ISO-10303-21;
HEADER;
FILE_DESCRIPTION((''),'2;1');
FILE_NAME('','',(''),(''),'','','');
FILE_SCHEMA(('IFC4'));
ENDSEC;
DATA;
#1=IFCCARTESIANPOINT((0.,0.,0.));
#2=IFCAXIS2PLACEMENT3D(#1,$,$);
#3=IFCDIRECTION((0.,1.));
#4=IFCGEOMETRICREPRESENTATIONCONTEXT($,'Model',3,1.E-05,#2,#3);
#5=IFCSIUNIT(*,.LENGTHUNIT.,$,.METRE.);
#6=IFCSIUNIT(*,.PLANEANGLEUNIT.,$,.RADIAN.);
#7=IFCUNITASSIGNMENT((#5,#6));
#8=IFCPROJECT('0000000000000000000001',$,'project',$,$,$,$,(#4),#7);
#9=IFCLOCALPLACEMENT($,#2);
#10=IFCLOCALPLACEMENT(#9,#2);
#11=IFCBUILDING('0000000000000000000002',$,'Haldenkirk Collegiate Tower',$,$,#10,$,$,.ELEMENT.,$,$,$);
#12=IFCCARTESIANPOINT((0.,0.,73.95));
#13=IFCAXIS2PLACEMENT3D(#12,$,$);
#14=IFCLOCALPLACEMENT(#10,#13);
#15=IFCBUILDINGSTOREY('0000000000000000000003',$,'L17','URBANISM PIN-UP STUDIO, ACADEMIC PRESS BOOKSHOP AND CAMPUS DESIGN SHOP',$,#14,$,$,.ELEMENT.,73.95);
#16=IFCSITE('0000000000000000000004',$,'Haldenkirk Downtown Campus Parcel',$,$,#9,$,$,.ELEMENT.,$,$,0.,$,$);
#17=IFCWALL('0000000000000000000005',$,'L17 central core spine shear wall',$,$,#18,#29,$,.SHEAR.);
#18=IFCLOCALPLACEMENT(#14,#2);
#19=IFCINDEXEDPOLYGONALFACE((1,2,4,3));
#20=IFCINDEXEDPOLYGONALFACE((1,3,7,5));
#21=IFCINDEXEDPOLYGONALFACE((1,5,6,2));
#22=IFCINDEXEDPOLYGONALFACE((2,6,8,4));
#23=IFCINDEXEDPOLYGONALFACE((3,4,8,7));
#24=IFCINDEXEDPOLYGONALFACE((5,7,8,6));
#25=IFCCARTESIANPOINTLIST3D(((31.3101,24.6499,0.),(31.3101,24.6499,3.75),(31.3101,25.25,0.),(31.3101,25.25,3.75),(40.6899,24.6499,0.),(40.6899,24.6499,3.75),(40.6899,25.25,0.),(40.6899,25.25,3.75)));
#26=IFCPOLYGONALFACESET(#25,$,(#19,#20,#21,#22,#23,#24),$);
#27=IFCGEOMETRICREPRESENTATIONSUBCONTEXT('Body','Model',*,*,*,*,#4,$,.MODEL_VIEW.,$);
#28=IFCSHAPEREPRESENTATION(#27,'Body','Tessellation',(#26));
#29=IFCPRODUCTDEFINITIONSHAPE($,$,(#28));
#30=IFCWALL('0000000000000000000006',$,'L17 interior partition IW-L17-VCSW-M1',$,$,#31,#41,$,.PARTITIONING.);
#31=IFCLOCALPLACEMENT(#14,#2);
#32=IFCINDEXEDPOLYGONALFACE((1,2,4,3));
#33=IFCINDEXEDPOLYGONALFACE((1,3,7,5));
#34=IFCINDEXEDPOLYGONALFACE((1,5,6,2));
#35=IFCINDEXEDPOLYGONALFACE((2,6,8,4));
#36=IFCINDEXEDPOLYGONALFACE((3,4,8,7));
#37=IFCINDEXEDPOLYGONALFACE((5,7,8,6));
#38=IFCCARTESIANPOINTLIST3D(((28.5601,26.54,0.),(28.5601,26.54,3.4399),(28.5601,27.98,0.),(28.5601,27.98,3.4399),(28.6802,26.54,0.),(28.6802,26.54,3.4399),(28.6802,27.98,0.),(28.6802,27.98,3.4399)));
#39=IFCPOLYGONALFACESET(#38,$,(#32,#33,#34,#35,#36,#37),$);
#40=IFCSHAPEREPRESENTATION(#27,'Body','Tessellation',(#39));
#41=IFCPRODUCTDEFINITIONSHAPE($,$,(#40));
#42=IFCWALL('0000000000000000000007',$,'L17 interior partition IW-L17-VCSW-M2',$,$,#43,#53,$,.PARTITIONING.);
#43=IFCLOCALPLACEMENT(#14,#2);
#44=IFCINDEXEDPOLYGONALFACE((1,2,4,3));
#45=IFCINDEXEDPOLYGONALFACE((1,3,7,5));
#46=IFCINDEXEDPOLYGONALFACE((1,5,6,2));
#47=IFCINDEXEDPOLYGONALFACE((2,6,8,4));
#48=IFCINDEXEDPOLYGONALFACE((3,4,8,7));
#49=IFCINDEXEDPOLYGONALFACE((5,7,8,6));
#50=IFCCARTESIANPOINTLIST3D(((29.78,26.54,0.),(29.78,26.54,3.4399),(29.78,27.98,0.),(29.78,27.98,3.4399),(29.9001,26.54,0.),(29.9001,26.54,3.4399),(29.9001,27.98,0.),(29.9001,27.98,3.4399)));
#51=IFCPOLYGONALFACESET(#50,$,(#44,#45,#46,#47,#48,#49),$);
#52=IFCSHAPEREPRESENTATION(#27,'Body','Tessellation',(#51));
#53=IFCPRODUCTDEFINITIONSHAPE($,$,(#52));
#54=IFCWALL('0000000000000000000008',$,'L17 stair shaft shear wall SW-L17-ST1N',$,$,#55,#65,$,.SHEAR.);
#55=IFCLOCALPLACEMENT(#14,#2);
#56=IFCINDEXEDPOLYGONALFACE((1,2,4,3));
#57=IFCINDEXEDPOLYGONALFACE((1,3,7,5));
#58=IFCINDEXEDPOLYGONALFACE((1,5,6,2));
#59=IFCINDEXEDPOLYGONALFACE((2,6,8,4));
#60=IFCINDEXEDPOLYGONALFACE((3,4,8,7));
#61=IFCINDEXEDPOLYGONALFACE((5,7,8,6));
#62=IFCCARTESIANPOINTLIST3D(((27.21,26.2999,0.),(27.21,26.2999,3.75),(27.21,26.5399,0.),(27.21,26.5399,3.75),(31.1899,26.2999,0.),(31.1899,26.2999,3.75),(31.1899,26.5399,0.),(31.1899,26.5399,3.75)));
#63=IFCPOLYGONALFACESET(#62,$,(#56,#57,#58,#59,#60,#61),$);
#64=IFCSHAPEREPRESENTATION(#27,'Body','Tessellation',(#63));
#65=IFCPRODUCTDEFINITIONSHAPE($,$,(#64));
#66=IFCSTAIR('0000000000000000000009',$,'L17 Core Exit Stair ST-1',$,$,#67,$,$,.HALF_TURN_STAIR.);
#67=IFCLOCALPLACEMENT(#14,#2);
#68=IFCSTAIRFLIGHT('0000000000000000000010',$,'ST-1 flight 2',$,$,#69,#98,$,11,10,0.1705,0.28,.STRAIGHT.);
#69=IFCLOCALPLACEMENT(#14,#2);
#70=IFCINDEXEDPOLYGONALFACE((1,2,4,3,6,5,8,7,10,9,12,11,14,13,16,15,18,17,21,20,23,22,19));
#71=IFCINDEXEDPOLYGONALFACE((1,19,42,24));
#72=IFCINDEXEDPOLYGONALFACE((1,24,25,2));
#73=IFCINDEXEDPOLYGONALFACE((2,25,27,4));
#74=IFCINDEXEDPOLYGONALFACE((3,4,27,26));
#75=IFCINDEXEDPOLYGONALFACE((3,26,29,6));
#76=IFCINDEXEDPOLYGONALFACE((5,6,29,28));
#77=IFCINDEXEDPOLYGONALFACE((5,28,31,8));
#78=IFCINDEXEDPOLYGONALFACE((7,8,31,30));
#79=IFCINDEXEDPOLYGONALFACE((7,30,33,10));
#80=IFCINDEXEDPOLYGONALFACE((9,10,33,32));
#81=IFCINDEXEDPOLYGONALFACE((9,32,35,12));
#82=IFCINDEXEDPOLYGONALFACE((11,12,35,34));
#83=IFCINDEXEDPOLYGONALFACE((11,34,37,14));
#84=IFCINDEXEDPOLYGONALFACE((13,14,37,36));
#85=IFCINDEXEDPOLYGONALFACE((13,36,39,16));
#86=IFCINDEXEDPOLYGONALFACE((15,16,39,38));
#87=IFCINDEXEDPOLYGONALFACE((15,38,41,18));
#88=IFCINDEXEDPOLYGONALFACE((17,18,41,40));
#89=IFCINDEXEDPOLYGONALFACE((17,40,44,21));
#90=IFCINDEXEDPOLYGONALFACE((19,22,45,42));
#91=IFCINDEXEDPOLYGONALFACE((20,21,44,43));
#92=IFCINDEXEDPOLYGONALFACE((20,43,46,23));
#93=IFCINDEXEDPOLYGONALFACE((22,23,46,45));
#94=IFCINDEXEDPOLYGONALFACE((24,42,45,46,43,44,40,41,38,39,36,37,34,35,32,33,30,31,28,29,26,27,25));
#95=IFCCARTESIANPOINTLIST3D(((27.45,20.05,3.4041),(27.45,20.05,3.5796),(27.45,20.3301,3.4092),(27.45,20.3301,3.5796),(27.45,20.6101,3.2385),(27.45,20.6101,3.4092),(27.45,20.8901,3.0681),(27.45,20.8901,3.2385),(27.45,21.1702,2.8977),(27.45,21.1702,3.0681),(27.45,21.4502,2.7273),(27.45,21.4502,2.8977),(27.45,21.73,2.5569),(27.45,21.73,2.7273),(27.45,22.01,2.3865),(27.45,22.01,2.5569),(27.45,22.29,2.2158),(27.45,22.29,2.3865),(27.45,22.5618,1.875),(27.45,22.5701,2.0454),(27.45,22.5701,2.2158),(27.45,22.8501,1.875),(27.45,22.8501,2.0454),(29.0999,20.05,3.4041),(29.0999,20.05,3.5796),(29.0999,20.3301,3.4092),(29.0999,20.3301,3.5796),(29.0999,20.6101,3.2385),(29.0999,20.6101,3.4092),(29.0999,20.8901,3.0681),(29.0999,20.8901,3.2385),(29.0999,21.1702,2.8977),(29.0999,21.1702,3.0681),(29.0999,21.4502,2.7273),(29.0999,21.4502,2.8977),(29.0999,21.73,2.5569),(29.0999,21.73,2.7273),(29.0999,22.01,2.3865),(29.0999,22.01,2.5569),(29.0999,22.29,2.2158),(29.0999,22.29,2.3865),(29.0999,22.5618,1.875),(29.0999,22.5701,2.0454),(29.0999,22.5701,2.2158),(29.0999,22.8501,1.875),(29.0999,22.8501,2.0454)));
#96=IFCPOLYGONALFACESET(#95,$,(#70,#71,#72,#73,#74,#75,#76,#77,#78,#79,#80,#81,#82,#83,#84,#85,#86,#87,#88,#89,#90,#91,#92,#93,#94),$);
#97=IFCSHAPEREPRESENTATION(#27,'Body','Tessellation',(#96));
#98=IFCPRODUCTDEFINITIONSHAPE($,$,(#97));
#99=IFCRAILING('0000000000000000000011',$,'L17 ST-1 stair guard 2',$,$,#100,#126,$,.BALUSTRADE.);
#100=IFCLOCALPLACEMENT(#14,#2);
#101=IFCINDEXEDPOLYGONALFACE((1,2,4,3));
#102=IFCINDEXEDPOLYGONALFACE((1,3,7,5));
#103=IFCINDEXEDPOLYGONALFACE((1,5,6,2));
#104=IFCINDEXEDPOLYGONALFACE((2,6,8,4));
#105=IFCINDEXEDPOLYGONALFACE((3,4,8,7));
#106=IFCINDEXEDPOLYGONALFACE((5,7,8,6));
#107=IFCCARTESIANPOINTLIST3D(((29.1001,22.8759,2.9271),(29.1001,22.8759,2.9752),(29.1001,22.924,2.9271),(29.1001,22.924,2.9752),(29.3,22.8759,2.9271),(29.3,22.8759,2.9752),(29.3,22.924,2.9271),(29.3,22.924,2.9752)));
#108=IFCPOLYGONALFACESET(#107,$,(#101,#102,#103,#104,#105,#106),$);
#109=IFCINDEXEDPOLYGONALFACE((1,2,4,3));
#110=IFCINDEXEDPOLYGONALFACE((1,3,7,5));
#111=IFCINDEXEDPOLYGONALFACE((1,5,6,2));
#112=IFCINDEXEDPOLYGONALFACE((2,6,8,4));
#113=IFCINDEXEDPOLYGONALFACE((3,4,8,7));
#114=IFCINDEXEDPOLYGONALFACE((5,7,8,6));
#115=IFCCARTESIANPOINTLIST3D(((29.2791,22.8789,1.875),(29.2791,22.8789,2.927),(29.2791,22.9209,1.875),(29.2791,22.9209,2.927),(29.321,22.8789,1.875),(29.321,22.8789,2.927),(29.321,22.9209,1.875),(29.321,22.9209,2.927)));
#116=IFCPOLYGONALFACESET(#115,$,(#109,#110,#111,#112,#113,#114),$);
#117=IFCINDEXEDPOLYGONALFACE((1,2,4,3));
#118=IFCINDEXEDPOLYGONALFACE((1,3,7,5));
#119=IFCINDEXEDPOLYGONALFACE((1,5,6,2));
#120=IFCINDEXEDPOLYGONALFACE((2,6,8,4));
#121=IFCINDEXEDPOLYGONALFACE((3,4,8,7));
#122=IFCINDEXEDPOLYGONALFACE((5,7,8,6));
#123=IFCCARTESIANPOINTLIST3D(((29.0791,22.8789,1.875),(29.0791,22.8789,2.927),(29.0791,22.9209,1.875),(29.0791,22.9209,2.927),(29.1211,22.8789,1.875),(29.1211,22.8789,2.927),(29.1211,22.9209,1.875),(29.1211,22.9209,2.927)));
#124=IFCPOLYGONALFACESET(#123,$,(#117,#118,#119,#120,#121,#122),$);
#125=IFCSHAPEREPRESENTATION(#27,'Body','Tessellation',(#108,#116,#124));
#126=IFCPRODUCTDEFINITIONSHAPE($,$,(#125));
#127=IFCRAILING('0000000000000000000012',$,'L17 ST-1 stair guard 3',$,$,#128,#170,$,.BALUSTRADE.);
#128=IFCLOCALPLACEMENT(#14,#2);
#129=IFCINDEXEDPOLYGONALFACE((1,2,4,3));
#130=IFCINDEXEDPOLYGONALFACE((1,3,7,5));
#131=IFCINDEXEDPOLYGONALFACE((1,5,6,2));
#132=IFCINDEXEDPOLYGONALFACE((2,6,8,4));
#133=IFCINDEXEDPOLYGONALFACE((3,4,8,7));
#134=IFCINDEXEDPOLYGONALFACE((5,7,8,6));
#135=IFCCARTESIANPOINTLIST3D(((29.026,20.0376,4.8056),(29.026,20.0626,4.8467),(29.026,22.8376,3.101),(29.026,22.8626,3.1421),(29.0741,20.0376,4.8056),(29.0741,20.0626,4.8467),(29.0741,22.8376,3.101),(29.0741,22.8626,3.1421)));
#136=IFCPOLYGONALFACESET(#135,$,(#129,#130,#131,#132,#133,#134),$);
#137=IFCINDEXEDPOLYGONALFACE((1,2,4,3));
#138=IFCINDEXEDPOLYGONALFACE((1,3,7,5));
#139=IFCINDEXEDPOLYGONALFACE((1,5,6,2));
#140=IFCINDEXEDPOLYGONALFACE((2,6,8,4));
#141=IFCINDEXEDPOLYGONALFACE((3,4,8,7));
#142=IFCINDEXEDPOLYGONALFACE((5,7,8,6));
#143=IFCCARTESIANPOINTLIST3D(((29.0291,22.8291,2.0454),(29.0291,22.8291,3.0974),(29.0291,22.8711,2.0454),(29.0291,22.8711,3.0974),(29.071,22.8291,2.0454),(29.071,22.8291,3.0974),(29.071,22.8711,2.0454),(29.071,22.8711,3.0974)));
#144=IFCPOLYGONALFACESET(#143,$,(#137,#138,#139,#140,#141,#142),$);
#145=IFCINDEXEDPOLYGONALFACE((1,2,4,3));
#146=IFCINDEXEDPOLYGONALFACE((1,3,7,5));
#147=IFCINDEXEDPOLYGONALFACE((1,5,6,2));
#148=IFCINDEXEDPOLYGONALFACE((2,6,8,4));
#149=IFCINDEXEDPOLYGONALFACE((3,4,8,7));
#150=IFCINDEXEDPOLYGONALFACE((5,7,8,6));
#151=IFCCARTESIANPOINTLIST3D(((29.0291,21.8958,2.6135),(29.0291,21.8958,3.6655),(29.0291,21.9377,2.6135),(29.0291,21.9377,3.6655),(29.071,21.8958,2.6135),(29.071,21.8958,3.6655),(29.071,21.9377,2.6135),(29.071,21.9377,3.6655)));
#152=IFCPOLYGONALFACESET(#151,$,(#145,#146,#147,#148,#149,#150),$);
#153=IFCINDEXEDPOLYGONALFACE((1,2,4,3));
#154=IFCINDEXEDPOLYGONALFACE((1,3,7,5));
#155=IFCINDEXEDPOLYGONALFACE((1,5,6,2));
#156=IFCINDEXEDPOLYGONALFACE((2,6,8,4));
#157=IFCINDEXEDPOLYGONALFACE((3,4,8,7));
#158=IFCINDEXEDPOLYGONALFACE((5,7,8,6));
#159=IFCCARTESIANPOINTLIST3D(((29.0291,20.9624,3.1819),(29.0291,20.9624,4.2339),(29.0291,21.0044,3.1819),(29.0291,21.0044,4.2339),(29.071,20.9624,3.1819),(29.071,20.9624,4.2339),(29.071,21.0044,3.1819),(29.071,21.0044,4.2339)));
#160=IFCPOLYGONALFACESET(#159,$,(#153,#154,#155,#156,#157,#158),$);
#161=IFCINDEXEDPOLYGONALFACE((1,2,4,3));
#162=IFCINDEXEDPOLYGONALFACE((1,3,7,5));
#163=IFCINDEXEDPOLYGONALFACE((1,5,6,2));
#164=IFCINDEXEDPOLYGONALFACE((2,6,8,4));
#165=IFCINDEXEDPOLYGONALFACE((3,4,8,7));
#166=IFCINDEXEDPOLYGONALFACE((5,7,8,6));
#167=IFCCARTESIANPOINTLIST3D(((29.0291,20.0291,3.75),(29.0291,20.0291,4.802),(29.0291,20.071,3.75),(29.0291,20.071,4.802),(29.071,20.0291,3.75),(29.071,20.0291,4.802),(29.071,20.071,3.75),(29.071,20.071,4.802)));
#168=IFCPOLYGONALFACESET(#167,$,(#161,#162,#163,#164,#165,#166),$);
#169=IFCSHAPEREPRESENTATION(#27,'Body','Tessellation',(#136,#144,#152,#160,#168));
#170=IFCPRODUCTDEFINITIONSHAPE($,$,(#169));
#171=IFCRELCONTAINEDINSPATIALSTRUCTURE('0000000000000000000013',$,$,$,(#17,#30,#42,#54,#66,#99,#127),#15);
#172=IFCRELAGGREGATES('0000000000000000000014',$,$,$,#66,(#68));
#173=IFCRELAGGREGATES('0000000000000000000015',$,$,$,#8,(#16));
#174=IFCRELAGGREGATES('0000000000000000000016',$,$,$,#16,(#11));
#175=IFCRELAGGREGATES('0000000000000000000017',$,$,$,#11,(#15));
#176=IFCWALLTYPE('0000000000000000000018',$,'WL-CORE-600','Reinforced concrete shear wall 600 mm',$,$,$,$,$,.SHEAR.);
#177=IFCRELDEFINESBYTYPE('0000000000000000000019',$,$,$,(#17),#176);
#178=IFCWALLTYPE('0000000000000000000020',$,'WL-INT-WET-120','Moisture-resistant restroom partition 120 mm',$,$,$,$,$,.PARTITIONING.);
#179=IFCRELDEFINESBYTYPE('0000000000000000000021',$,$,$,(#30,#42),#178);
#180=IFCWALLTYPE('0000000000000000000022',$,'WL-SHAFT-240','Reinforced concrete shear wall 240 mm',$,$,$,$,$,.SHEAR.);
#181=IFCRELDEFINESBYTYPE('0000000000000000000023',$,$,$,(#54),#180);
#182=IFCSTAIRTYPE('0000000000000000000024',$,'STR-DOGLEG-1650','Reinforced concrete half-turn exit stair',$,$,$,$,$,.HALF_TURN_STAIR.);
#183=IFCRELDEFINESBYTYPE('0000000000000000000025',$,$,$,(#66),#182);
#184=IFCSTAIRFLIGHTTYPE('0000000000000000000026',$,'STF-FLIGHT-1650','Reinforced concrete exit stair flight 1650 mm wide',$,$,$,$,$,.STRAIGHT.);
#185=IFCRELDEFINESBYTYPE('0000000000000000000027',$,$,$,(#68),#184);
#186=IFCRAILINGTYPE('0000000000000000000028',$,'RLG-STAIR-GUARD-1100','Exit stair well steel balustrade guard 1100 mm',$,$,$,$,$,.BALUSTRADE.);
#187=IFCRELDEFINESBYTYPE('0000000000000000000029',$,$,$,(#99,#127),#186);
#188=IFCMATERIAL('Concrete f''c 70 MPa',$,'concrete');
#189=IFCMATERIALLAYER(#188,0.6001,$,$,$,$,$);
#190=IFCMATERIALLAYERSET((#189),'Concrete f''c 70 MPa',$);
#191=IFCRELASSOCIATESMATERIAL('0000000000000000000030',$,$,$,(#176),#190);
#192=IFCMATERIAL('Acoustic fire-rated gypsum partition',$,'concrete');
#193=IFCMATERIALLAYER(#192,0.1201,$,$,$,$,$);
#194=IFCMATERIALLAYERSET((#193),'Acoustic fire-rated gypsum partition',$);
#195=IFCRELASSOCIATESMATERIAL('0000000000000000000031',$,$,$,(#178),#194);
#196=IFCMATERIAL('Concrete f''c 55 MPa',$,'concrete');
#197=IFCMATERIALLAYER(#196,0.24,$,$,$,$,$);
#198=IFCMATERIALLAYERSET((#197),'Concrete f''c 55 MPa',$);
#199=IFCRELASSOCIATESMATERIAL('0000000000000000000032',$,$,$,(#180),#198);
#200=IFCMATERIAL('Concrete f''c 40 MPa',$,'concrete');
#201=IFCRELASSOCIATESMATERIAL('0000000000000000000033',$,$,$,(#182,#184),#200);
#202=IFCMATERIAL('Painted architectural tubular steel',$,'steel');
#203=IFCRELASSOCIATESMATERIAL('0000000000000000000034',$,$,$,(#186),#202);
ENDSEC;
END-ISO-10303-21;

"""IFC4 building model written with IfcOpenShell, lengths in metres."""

from ifc_helpers import new_model, si_unit, direction, frame, frame_2d, origin, origin_2d, place, context, subcontext, project, spatial, polyline, rectangle, outline, extrude, material, layer, layer_set, type_object, element, aggregate, save


model = new_model("IFC4")

# Units and contexts
model_context = context("Model", 3, precision=1e-05, world=origin(), true_north=direction((0.0, 1.0)))
body_context = subcontext(model_context, "Body", "Model", "MODEL_VIEW")
ifc_project = project(units=[si_unit("LENGTHUNIT", "METRE"), si_unit("PLANEANGLEUNIT", "RADIAN")], contexts=[model_context])

# Site, building, storey
site_placement = place(None, origin())
site = spatial("IfcSite", under=ifc_project, at=site_placement, Name="Haldenkirk Downtown Campus Parcel", CompositionType="ELEMENT", RefElevation=0.0)
building_placement = place(site_placement, origin())
building = spatial("IfcBuilding", under=site, at=building_placement, Name="Haldenkirk Collegiate Tower", CompositionType="ELEMENT")
storey_placement = place(building_placement, frame((0.0, 0.0, 73.95)))
storey = spatial("IfcBuildingStorey", under=building, at=storey_placement, Name="L17", Description="URBANISM PIN-UP STUDIO, ACADEMIC PRESS BOOKSHOP AND CAMPUS DESIGN SHOP", CompositionType="ELEMENT", Elevation=73.95)

# Wall
ifc_material_1 = material(Name="Concrete f'c 70 MPa", Category="concrete")
ifc_layer_1 = layer(ifc_material_1, 0.6001)
ifc_layer_set_1 = layer_set([ifc_layer_1], Name="Concrete f'c 70 MPa")
wall_type_1 = type_object("IfcWallType", Name="WL-CORE-600", Description="Reinforced concrete shear wall 600 mm", PredefinedType="SHEAR", material=ifc_layer_set_1)
wall_1_placement = place(storey_placement, frame((31.3101, 24.95, 0.0), z_axis=(0.0, 0.0, 1.0), x_axis=(1.0, 0.0, 0.0)))
element("IfcWall", 1, at=wall_1_placement, inside=storey, type_object=wall_type_1, Name="L17 central core spine shear wall", PredefinedType="SHEAR", context=body_context, shape_type="SweptSolid", body=[
    extrude(rectangle(XDim=9.3799, YDim=0.6001, at=frame_2d((4.6899, 0.0))), origin(), (0.0, 0.0, 1.0), 3.75),
])

# Walls
ifc_material_2 = material(Name="Acoustic fire-rated gypsum partition", Category="concrete")
ifc_layer_2 = layer(ifc_material_2, 0.1201)
ifc_layer_set_2 = layer_set([ifc_layer_2], Name="Acoustic fire-rated gypsum partition")
wall_type_2 = type_object("IfcWallType", Name="WL-INT-WET-120", Description="Moisture-resistant restroom partition 120 mm", PredefinedType="PARTITIONING", material=ifc_layer_set_2)
for number, where, z_axis, x_axis, name in (
    (2, (28.6201, 26.54, 0.0), (0.0, 0.0, 1.0), (0.0, 1.0, 0.0), "L17 interior partition IW-L17-VCSW-M1"),
    (3, (29.8401, 26.54, 0.0), (0.0, 0.0, 1.0), (0.0, 1.0, 0.0), "L17 interior partition IW-L17-VCSW-M2"),
):
    element("IfcWall", number, at=place(storey_placement, frame(where, z_axis=z_axis, x_axis=x_axis)), inside=storey, type_object=wall_type_2, Name=name, PredefinedType="PARTITIONING", context=body_context, shape_type="SweptSolid", body=[
        extrude(rectangle(XDim=1.4399, YDim=0.1201, at=frame_2d((0.72, 0.0))), origin(), (0.0, 0.0, 1.0), 3.4399),
    ])
ifc_material_3 = material(Name="Concrete f'c 55 MPa", Category="concrete")
ifc_layer_3 = layer(ifc_material_3, 0.24)
ifc_layer_set_3 = layer_set([ifc_layer_3], Name="Concrete f'c 55 MPa")
wall_type_3 = type_object("IfcWallType", Name="WL-SHAFT-240", Description="Reinforced concrete shear wall 240 mm", PredefinedType="SHEAR", material=ifc_layer_set_3)
wall_2_placement = place(storey_placement, frame((27.21, 26.4199, 0.0), z_axis=(0.0, 0.0, 1.0), x_axis=(1.0, 0.0, 0.0)))
element("IfcWall", 4, at=wall_2_placement, inside=storey, type_object=wall_type_3, Name="L17 stair shaft shear wall SW-L17-ST1N", PredefinedType="SHEAR", context=body_context, shape_type="SweptSolid", body=[
    extrude(rectangle(XDim=3.98, YDim=0.24, at=frame_2d((1.99, 0.0))), origin(), (0.0, 0.0, 1.0), 3.75),
])

# Stair, stair flight
ifc_material_4 = material(Name="Concrete f'c 40 MPa", Category="concrete")
stair_type = type_object("IfcStairType", Name="STR-DOGLEG-1650", Description="Reinforced concrete half-turn exit stair", PredefinedType="HALF_TURN_STAIR", material=ifc_material_4)
stair_placement = place(storey_placement, origin())
stair = element("IfcStair", 5, at=stair_placement, inside=storey, type_object=stair_type, Name="L17 Core Exit Stair ST-1", PredefinedType="HALF_TURN_STAIR")
stair_flight_type = type_object("IfcStairFlightType", Name="STF-FLIGHT-1650", Description="Reinforced concrete exit stair flight 1650 mm wide", PredefinedType="STRAIGHT", material=ifc_material_4)
stair_flight_placement = place(storey_placement, frame((28.2749, 22.8501, 1.875), z_axis=(0.0, 0.0, 1.0), x_axis=(0.0, -1.0, 0.0)))
stair_flight = element("IfcStairFlight", 6, at=stair_flight_placement, type_object=stair_flight_type, Name="ST-1 flight 2", NumberOfRisers=11, NumberOfTreads=10, PredefinedType="STRAIGHT", RiserHeight=0.1705, TreadLength=0.28, context=body_context, shape_type="SweptSolid", body=[
    extrude(outline(polyline([(0.0, 0.0), (0.0, 0.1704), (0.28, 0.1704), (0.28, 0.3408), (0.5601, 0.3408), (0.5601, 0.5115), (0.8401, 0.5115), (0.8401, 0.6819), (1.1201, 0.6819), (1.1201, 0.8523), (1.3999, 0.8523), (1.3999, 1.0227), (1.6799, 1.0227), (1.6799, 1.1931), (1.96, 1.1931), (1.96, 1.3635), (2.24, 1.3635), (2.24, 1.5342), (2.52, 1.5342), (2.52, 1.7046), (2.8, 1.7046), (2.8, 1.875), (2.8, 1.5291), (0.2883, 0.0), (0.0, 0.0)])), frame((0.0, 0.825, 0.0), z_axis=(0.0, -1.0, 0.0), x_axis=(1.0, 0.0, 0.0)), (0.0, 0.0, 1.0), 1.6499),
])
aggregate(stair, [stair_flight])

# Railings
ifc_material_5 = material(Name="Painted architectural tubular steel", Category="steel")
railing_type_1 = type_object("IfcRailingType", Name="RLG-STAIR-GUARD-1100", Description="Exit stair well steel balustrade guard 1100 mm", PredefinedType="BALUSTRADE", material=ifc_material_5)
railing_1_placement = place(storey_placement, frame((29.3, 22.8999, 1.875)))
element("IfcRailing", 7, at=railing_1_placement, inside=storey, type_object=railing_type_1, Name="L17 ST-1 stair guard 2", PredefinedType="BALUSTRADE", context=body_context, shape_type="SweptSolid", body=[
    extrude(rectangle(XDim=0.0481, YDim=0.0481, at=origin_2d()), frame((0.0, 0.0, 1.0762), z_axis=(-1.0, 0.0, 0.0), x_axis=(0.0, -1.0, 0.0)), (0.0, 0.0, 1.0), 0.2),
    extrude(rectangle(XDim=0.042, YDim=0.042, at=origin_2d()), origin(), (0.0, 0.0, 1.0), 1.052),
    extrude(rectangle(XDim=0.042, YDim=0.042, at=origin_2d()), frame((-0.2, 0.0, 0.0)), (0.0, 0.0, 1.0), 1.052),
])
railing_2_placement = place(storey_placement, frame((29.05, 22.8501, 2.0454)))
element("IfcRailing", 8, at=railing_2_placement, inside=storey, type_object=railing_type_1, Name="L17 ST-1 stair guard 3", PredefinedType="BALUSTRADE", context=body_context, shape_type="SweptSolid", body=[
    extrude(rectangle(XDim=0.0481, YDim=0.0481, at=origin_2d()), frame((0.0, 0.0, 1.0762), z_axis=(0.0, -0.85417, 0.519994), x_axis=(1.0, 0.0, 0.0)), (0.0, 0.0, 1.0), 3.2781),
    extrude(rectangle(XDim=0.042, YDim=0.042, at=origin_2d()), origin(), (0.0, 0.0, 1.0), 1.052),
    extrude(rectangle(XDim=0.042, YDim=0.042, at=origin_2d()), frame((0.0, -0.9333, 0.5681)), (0.0, 0.0, 1.0), 1.052),
    extrude(rectangle(XDim=0.042, YDim=0.042, at=origin_2d()), frame((0.0, -1.8667, 1.1365)), (0.0, 0.0, 1.0), 1.052),
    extrude(rectangle(XDim=0.042, YDim=0.042, at=origin_2d()), frame((0.0, -2.8, 1.7046)), (0.0, 0.0, 1.0), 1.052),
])

save(model, "model.ifc")
